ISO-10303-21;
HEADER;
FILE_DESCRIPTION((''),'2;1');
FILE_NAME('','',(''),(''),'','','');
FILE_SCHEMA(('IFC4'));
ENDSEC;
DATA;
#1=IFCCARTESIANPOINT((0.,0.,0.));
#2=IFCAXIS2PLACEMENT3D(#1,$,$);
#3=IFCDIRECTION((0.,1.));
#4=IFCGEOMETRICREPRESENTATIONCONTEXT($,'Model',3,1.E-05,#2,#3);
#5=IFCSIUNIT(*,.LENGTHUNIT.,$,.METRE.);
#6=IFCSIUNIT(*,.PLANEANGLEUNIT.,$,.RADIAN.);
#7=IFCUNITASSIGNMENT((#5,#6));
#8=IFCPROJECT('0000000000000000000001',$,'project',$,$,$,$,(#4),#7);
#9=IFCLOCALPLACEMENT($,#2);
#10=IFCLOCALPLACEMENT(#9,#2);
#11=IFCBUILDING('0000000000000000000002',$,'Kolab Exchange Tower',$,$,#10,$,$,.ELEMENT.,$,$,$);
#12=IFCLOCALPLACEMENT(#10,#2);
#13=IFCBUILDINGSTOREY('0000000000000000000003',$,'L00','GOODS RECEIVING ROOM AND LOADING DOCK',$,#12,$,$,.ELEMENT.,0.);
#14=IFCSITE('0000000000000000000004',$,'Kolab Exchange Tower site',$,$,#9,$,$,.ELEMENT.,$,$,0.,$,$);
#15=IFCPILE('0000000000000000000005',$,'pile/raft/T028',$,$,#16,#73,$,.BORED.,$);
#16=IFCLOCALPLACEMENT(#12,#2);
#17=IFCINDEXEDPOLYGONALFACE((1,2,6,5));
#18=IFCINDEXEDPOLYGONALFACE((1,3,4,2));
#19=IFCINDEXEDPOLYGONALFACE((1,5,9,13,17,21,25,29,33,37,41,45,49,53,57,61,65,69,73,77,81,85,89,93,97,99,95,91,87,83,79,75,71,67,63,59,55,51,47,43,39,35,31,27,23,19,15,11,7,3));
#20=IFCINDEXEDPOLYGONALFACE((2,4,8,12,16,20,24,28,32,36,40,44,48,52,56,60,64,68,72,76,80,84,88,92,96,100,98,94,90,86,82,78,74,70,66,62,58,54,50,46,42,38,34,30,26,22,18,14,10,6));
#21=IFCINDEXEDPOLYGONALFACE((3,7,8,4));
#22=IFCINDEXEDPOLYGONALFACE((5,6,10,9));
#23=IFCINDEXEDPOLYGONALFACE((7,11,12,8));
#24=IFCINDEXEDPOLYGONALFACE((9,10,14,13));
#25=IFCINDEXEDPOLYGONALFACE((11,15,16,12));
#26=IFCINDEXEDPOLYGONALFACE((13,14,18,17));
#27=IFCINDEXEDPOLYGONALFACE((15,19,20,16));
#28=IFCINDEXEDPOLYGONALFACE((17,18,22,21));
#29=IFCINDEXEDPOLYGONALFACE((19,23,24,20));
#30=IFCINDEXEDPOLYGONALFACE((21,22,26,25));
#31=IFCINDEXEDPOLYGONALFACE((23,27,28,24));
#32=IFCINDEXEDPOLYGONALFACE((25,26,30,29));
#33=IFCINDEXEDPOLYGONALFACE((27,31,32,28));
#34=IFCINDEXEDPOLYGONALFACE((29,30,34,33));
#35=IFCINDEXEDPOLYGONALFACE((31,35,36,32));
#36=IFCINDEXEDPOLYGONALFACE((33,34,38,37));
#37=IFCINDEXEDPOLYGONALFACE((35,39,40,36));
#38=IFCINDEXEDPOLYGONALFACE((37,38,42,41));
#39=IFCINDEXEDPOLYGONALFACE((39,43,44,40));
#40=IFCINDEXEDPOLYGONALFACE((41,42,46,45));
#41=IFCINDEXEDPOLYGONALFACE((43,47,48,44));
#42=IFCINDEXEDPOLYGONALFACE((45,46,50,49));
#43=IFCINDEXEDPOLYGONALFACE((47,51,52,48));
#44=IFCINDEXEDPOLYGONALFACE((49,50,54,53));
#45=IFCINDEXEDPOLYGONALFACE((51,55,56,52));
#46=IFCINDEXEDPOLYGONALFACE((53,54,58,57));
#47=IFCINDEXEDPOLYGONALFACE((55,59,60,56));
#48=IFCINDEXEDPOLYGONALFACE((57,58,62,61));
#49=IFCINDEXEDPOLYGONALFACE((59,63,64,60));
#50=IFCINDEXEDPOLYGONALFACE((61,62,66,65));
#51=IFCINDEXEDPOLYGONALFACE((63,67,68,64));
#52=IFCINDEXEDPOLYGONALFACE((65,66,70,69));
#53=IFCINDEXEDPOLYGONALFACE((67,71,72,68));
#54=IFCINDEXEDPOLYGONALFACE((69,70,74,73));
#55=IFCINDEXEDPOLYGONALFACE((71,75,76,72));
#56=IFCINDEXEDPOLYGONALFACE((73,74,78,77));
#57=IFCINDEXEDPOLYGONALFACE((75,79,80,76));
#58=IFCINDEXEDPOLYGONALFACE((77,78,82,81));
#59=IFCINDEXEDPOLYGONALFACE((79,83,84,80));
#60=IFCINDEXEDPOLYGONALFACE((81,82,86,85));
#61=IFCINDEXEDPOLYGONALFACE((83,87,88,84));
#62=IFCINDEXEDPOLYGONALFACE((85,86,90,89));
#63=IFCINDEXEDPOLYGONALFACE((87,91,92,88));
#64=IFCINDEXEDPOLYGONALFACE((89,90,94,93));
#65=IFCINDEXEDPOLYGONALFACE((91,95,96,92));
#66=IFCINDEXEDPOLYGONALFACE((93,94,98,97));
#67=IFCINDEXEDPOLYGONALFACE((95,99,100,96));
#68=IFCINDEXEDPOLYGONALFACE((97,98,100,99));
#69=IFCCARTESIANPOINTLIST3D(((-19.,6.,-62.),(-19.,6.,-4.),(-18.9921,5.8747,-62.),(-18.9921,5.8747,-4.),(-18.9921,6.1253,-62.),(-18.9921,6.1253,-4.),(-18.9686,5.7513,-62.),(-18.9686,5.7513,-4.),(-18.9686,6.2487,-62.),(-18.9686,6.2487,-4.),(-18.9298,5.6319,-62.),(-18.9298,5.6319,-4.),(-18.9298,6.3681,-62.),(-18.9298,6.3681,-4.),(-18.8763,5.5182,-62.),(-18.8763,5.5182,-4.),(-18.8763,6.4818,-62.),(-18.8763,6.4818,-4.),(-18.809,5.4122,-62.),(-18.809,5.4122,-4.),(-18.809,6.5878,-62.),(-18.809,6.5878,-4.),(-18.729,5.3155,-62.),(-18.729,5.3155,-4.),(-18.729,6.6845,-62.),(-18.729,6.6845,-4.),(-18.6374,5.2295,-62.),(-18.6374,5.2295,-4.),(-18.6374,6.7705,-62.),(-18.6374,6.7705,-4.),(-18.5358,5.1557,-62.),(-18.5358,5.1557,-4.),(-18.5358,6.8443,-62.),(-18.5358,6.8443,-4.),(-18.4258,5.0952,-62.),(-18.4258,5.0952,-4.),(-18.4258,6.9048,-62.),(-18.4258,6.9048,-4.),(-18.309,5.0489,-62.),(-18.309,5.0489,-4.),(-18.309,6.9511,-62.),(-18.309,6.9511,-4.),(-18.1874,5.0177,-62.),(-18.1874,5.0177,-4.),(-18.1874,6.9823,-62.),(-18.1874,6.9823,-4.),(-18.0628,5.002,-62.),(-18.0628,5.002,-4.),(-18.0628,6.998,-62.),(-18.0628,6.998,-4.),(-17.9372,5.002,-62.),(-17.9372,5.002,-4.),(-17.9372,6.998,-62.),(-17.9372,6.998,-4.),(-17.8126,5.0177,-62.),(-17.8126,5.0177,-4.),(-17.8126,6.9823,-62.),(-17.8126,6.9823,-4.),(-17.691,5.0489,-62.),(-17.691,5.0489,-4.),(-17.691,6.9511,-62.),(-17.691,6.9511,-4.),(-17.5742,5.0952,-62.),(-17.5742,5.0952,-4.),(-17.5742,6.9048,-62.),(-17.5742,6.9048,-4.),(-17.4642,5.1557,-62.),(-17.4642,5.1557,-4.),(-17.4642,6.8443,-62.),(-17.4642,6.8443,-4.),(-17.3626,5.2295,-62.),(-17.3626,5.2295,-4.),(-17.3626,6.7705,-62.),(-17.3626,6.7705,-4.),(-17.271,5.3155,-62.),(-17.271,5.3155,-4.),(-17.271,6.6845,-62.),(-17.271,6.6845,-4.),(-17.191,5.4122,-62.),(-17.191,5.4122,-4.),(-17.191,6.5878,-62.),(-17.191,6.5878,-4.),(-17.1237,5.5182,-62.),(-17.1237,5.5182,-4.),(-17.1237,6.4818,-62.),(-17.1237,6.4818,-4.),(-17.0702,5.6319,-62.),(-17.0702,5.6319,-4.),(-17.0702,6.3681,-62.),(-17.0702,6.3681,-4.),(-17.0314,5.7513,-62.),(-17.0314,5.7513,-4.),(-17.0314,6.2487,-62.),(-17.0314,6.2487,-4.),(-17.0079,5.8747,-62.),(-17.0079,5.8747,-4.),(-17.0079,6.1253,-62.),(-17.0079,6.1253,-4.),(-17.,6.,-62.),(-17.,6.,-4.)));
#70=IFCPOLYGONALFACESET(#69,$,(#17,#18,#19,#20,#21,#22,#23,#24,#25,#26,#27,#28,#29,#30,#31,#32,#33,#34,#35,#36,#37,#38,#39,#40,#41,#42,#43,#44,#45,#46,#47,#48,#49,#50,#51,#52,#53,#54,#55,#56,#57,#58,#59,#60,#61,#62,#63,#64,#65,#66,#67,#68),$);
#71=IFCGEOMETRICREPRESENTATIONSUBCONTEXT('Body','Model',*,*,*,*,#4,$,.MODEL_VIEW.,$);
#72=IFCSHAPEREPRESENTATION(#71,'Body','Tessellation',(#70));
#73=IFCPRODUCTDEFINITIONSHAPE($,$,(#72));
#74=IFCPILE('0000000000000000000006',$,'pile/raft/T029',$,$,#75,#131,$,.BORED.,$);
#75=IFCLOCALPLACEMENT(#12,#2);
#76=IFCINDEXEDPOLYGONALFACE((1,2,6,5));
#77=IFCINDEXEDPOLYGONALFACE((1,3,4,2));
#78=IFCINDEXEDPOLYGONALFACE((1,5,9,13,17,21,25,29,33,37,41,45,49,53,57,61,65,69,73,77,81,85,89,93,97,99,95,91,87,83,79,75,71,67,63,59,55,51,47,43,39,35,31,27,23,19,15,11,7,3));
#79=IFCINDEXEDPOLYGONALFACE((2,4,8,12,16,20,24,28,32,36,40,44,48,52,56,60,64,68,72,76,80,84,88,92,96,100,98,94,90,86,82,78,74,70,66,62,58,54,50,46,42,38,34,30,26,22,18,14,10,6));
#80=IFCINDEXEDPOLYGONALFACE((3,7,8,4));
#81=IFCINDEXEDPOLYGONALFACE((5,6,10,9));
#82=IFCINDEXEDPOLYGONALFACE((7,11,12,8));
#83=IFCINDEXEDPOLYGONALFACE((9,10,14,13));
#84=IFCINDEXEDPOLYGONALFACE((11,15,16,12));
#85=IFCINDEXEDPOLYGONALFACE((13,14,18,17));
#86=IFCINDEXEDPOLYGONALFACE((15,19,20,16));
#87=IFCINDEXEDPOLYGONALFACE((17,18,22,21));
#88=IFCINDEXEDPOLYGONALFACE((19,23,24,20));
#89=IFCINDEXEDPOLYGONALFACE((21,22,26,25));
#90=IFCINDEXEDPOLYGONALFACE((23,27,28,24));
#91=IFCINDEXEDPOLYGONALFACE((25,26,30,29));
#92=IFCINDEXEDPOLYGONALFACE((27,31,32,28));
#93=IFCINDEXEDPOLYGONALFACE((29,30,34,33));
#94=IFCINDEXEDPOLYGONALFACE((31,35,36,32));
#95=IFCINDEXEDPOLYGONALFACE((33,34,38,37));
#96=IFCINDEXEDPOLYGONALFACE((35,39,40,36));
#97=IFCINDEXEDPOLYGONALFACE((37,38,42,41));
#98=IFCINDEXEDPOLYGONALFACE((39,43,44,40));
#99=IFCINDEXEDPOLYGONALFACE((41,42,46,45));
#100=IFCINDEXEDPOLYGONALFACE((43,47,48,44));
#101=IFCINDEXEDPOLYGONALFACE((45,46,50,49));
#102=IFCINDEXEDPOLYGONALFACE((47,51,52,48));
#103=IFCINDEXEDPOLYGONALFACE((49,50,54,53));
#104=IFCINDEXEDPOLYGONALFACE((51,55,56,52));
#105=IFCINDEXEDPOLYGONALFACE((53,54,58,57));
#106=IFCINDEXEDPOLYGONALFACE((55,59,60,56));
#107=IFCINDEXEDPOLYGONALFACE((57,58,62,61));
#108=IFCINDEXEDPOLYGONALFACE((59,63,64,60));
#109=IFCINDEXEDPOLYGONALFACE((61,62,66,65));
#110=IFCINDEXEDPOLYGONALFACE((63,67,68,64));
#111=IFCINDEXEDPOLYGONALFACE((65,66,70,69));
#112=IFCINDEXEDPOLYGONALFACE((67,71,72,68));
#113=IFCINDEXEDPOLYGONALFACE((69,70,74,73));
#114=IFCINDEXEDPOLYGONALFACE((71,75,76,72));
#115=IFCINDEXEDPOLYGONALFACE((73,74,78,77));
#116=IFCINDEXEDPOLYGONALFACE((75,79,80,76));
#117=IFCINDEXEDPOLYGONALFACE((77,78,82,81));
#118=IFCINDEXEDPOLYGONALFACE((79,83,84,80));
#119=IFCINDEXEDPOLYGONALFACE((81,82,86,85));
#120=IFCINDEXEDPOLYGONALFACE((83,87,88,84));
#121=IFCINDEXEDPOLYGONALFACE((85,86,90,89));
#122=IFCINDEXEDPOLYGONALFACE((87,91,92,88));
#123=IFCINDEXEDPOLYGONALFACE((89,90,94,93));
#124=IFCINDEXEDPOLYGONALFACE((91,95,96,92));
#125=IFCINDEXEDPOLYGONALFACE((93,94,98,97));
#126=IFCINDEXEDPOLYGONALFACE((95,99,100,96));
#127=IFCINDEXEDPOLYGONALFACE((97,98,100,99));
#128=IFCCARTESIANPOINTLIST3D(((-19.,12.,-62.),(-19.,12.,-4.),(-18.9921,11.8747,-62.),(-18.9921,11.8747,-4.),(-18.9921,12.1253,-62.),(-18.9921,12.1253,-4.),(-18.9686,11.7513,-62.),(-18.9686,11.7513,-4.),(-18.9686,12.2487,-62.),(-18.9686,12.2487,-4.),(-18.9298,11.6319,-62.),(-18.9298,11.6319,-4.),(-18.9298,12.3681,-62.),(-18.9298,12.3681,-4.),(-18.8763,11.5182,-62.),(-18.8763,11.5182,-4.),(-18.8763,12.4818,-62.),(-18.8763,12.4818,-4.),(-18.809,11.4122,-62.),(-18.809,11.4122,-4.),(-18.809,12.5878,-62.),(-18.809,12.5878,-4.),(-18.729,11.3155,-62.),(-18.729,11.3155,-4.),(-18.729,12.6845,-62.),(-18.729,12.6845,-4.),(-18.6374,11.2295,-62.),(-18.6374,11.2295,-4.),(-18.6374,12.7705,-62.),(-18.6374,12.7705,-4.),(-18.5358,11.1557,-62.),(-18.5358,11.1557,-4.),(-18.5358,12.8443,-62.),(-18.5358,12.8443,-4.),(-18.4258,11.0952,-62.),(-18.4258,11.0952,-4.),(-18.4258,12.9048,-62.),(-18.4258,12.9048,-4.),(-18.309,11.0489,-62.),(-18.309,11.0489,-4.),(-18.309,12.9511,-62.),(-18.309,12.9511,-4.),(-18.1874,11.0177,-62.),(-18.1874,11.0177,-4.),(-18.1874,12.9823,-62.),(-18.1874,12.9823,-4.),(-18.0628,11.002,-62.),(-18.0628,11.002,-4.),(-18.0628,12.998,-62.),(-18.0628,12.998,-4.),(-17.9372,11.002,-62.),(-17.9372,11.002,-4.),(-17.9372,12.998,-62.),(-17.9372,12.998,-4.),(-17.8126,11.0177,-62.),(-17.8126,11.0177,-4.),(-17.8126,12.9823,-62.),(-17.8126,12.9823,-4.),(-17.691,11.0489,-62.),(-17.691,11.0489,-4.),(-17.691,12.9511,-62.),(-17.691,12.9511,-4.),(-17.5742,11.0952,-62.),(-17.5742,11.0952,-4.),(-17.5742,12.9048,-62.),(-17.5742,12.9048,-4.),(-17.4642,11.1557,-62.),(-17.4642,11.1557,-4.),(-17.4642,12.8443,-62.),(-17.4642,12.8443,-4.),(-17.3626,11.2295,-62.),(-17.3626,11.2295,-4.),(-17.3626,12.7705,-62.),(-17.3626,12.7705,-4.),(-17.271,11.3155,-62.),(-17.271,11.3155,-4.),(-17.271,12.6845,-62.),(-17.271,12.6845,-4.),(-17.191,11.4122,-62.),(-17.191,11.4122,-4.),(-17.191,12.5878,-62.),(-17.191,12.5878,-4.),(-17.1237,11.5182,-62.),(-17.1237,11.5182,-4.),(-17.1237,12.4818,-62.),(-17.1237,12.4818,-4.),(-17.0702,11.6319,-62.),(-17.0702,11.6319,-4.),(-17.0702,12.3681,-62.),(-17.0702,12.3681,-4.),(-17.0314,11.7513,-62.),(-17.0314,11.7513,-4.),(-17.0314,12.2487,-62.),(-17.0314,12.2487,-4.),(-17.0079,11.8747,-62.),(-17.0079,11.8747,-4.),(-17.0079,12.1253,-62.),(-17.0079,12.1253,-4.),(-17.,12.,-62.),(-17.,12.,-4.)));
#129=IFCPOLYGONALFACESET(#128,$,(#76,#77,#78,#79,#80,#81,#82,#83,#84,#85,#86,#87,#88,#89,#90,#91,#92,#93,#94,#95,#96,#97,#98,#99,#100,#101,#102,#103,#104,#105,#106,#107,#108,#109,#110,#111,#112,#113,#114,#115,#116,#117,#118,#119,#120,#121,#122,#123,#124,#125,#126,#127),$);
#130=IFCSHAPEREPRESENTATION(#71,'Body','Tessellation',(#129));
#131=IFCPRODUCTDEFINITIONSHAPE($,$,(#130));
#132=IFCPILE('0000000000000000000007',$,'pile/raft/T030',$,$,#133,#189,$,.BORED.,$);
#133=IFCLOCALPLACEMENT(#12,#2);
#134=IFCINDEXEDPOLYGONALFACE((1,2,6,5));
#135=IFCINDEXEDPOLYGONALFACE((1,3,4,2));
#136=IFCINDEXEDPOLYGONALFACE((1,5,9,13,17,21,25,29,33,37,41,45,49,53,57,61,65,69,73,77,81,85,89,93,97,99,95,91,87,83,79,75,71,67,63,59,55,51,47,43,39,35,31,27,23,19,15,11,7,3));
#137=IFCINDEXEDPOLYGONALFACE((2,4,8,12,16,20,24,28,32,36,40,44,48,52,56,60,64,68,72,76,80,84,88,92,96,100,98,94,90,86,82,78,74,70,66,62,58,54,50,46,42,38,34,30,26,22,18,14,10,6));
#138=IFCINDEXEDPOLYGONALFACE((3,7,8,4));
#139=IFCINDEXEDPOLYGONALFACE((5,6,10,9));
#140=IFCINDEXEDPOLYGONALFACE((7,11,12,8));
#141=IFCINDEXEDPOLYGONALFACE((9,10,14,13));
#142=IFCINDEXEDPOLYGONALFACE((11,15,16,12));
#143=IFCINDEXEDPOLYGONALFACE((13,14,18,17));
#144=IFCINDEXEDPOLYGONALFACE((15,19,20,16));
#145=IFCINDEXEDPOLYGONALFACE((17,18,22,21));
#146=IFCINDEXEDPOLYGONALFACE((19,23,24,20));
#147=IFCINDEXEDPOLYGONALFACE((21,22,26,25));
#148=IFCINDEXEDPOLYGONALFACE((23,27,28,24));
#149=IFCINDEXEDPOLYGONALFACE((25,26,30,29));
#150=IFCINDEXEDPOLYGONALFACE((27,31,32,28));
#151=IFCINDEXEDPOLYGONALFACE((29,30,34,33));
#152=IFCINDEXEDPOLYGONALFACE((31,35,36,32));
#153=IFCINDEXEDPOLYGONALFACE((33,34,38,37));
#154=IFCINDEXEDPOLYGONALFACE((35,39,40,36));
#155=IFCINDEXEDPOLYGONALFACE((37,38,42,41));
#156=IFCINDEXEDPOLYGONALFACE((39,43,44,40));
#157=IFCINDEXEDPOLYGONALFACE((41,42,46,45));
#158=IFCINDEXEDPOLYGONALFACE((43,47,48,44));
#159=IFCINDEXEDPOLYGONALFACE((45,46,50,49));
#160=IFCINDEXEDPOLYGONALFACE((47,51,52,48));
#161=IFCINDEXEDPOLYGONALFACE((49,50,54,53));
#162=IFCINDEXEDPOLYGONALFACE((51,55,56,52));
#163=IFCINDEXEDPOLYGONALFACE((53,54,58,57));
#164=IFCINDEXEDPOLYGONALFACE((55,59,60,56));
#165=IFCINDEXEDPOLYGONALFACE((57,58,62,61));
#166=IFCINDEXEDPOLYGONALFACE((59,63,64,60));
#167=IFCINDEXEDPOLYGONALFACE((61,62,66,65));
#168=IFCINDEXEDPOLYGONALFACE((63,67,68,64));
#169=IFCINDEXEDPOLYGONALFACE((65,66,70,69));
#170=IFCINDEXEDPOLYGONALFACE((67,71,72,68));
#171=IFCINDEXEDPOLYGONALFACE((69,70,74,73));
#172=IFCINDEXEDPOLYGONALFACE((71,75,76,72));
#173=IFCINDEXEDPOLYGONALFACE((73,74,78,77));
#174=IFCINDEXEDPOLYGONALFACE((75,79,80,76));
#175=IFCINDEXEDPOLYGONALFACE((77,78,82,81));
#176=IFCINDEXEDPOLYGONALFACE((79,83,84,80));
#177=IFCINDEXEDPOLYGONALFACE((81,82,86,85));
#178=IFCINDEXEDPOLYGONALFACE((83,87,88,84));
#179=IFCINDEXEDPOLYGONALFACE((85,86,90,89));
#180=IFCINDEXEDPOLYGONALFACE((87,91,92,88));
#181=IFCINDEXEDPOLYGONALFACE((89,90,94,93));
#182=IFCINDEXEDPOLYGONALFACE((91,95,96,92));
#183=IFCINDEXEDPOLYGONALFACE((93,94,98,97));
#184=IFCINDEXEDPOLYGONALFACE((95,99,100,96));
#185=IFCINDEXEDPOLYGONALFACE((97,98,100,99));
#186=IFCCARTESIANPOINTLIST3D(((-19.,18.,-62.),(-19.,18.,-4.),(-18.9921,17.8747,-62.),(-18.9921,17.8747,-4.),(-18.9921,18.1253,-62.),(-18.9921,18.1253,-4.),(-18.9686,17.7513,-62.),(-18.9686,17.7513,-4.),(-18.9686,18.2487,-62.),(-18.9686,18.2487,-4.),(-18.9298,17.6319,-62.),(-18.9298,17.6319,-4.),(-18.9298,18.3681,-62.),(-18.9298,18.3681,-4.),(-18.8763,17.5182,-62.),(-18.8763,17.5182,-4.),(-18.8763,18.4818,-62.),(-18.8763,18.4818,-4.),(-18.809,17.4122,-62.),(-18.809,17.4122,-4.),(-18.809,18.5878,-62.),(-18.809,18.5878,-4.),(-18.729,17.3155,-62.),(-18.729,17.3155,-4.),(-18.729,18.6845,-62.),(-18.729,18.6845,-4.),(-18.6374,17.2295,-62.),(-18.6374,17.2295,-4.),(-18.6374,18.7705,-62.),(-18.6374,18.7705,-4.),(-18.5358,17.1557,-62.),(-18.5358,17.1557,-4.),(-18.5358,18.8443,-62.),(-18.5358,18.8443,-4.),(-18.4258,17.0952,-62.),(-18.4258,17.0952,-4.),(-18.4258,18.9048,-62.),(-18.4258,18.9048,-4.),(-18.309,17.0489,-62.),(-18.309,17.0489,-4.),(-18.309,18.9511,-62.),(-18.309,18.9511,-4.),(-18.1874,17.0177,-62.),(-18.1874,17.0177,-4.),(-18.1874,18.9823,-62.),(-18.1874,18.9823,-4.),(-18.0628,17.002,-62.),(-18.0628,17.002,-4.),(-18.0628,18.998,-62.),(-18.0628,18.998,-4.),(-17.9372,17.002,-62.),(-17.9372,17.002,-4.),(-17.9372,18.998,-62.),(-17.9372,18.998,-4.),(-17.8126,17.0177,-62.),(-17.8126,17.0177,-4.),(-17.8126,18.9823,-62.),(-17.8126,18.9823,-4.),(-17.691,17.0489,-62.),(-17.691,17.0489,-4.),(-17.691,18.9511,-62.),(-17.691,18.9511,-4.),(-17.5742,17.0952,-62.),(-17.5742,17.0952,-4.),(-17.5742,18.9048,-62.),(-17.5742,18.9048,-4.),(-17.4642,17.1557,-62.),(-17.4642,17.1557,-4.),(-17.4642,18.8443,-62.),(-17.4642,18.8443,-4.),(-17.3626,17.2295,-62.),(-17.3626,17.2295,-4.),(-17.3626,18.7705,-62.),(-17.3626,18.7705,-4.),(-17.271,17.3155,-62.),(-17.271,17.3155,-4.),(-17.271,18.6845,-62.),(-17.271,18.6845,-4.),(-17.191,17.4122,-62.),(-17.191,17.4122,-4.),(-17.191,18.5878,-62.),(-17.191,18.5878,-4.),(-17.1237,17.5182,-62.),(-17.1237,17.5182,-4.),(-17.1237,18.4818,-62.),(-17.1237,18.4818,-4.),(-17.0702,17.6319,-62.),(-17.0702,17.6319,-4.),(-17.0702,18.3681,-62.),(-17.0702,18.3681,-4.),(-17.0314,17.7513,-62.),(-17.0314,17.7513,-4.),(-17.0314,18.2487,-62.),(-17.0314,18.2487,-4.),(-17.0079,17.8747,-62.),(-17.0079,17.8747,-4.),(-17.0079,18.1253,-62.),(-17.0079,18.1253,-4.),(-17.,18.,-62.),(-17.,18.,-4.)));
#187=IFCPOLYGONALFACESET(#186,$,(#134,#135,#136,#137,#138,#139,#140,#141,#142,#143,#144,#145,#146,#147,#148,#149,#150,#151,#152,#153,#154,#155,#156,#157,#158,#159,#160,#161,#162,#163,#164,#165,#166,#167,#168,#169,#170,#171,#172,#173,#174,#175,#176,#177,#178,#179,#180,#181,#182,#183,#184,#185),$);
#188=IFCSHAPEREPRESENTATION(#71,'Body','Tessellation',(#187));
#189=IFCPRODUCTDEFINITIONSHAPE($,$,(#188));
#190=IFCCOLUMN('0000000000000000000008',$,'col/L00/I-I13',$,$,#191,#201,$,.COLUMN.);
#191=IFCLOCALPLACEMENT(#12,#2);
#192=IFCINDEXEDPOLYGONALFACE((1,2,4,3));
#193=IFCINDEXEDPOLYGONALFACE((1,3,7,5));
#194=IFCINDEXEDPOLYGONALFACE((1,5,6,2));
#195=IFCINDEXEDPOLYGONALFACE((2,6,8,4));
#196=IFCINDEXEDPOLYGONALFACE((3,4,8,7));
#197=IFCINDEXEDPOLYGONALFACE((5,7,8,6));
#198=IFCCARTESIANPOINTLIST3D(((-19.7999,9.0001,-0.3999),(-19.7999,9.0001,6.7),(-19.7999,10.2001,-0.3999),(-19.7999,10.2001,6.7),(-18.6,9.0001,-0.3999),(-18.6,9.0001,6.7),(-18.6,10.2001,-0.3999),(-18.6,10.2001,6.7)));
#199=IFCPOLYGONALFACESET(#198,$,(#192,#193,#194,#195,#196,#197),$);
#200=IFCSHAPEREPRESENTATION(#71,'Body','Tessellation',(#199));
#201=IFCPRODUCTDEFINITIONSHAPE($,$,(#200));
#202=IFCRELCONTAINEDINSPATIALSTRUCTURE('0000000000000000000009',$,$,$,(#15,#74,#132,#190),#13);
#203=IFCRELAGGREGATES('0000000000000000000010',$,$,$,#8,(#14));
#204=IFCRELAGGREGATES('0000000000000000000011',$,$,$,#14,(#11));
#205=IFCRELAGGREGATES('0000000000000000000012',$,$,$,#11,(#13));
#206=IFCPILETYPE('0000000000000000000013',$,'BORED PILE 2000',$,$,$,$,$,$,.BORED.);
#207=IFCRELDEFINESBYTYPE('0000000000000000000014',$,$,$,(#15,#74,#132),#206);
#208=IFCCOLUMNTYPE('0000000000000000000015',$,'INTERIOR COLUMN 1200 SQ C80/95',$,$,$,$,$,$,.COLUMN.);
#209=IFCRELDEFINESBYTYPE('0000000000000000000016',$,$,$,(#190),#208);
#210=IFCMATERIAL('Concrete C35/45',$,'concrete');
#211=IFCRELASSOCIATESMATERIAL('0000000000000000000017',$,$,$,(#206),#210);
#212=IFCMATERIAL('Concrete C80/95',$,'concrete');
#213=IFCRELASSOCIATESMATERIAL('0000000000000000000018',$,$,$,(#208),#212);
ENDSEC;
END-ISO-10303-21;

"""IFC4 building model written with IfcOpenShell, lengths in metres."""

from ifc_helpers import new_model, si_unit, direction, frame, origin, origin_2d, place, context, subcontext, project, spatial, rectangle, circle, extrude, material, material_profile, profile_set, type_object, element, save


model = new_model("IFC4")

# Units and contexts
model_context = context("Model", 3, precision=1e-05, world=origin(), true_north=direction((0.0, 1.0)))
body_context = subcontext(model_context, "Body", "Model", "MODEL_VIEW")
ifc_project = project(units=[si_unit("LENGTHUNIT", "METRE"), si_unit("PLANEANGLEUNIT", "RADIAN")], contexts=[model_context])

# Site, building, storey
site_placement = place(None, origin())
site = spatial("IfcSite", under=ifc_project, at=site_placement, Name="Kolab Exchange Tower site", CompositionType="ELEMENT", RefElevation=0.0)
building_placement = place(site_placement, origin())
building = spatial("IfcBuilding", under=site, at=building_placement, Name="Kolab Exchange Tower", CompositionType="ELEMENT")
storey_placement = place(building_placement, origin())
storey = spatial("IfcBuildingStorey", under=building, at=storey_placement, Name="L00", Description="GOODS RECEIVING ROOM AND LOADING DOCK", CompositionType="ELEMENT", Elevation=0.0)

# Piles
ifc_material_1 = material(Name="Concrete C35/45", Category="concrete")
ifc_material_profile_1 = material_profile(ifc_material_1, circle(Radius=1.0, at=origin_2d()), Name="BP2000")
ifc_profile_set_1 = profile_set([ifc_material_profile_1], Name="Concrete C35/45")
pile_type = type_object("IfcPileType", Name="BORED PILE 2000", PredefinedType="BORED", material=ifc_profile_set_1)
for number, where, z_axis, x_axis, name in (
    (1, (-18.0, 6.0, -4.0), (0.0, 0.0, -1.0), (1.0, 0.0, 0.0), "pile/raft/T028"),
    (2, (-18.0, 12.0, -4.0), (0.0, 0.0, -1.0), (1.0, 0.0, 0.0), "pile/raft/T029"),
    (3, (-18.0, 18.0, -4.0), (0.0, 0.0, -1.0), (1.0, 0.0, 0.0), "pile/raft/T030"),
):
    element("IfcPile", number, at=place(storey_placement, frame(where, z_axis=z_axis, x_axis=x_axis)), inside=storey, type_object=pile_type, Name=name, PredefinedType="BORED", context=body_context, shape_type="SweptSolid", body=[
        extrude(circle(Radius=1.0, at=origin_2d()), origin(), (0.0, 0.0, 1.0), 58.0),
    ])

# Column
ifc_material_2 = material(Name="Concrete C80/95", Category="concrete")
ifc_material_profile_2 = material_profile(ifc_material_2, rectangle(XDim=1.2, YDim=1.2, at=origin_2d()), Name="RC1200")
ifc_profile_set_2 = profile_set([ifc_material_profile_2], Name="Concrete C80/95")
column_type = type_object("IfcColumnType", Name="INTERIOR COLUMN 1200 SQ C80/95", PredefinedType="COLUMN", material=ifc_profile_set_2)
for number, where, z_axis, x_axis, name in (
    (4, (-19.2, 9.6001, -0.3999), (0.0, 0.0, 1.0), (1.0, 0.0, 0.0), "col/L00/I-I13"),
):
    element("IfcColumn", number, at=place(storey_placement, frame(where, z_axis=z_axis, x_axis=x_axis)), inside=storey, type_object=column_type, Name=name, PredefinedType="COLUMN", context=body_context, shape_type="SweptSolid", body=[
        extrude(rectangle(XDim=1.2, YDim=1.2, at=origin_2d()), origin(), (0.0, 0.0, 1.0), 7.0999),
    ])

save(model, "model.ifc")
